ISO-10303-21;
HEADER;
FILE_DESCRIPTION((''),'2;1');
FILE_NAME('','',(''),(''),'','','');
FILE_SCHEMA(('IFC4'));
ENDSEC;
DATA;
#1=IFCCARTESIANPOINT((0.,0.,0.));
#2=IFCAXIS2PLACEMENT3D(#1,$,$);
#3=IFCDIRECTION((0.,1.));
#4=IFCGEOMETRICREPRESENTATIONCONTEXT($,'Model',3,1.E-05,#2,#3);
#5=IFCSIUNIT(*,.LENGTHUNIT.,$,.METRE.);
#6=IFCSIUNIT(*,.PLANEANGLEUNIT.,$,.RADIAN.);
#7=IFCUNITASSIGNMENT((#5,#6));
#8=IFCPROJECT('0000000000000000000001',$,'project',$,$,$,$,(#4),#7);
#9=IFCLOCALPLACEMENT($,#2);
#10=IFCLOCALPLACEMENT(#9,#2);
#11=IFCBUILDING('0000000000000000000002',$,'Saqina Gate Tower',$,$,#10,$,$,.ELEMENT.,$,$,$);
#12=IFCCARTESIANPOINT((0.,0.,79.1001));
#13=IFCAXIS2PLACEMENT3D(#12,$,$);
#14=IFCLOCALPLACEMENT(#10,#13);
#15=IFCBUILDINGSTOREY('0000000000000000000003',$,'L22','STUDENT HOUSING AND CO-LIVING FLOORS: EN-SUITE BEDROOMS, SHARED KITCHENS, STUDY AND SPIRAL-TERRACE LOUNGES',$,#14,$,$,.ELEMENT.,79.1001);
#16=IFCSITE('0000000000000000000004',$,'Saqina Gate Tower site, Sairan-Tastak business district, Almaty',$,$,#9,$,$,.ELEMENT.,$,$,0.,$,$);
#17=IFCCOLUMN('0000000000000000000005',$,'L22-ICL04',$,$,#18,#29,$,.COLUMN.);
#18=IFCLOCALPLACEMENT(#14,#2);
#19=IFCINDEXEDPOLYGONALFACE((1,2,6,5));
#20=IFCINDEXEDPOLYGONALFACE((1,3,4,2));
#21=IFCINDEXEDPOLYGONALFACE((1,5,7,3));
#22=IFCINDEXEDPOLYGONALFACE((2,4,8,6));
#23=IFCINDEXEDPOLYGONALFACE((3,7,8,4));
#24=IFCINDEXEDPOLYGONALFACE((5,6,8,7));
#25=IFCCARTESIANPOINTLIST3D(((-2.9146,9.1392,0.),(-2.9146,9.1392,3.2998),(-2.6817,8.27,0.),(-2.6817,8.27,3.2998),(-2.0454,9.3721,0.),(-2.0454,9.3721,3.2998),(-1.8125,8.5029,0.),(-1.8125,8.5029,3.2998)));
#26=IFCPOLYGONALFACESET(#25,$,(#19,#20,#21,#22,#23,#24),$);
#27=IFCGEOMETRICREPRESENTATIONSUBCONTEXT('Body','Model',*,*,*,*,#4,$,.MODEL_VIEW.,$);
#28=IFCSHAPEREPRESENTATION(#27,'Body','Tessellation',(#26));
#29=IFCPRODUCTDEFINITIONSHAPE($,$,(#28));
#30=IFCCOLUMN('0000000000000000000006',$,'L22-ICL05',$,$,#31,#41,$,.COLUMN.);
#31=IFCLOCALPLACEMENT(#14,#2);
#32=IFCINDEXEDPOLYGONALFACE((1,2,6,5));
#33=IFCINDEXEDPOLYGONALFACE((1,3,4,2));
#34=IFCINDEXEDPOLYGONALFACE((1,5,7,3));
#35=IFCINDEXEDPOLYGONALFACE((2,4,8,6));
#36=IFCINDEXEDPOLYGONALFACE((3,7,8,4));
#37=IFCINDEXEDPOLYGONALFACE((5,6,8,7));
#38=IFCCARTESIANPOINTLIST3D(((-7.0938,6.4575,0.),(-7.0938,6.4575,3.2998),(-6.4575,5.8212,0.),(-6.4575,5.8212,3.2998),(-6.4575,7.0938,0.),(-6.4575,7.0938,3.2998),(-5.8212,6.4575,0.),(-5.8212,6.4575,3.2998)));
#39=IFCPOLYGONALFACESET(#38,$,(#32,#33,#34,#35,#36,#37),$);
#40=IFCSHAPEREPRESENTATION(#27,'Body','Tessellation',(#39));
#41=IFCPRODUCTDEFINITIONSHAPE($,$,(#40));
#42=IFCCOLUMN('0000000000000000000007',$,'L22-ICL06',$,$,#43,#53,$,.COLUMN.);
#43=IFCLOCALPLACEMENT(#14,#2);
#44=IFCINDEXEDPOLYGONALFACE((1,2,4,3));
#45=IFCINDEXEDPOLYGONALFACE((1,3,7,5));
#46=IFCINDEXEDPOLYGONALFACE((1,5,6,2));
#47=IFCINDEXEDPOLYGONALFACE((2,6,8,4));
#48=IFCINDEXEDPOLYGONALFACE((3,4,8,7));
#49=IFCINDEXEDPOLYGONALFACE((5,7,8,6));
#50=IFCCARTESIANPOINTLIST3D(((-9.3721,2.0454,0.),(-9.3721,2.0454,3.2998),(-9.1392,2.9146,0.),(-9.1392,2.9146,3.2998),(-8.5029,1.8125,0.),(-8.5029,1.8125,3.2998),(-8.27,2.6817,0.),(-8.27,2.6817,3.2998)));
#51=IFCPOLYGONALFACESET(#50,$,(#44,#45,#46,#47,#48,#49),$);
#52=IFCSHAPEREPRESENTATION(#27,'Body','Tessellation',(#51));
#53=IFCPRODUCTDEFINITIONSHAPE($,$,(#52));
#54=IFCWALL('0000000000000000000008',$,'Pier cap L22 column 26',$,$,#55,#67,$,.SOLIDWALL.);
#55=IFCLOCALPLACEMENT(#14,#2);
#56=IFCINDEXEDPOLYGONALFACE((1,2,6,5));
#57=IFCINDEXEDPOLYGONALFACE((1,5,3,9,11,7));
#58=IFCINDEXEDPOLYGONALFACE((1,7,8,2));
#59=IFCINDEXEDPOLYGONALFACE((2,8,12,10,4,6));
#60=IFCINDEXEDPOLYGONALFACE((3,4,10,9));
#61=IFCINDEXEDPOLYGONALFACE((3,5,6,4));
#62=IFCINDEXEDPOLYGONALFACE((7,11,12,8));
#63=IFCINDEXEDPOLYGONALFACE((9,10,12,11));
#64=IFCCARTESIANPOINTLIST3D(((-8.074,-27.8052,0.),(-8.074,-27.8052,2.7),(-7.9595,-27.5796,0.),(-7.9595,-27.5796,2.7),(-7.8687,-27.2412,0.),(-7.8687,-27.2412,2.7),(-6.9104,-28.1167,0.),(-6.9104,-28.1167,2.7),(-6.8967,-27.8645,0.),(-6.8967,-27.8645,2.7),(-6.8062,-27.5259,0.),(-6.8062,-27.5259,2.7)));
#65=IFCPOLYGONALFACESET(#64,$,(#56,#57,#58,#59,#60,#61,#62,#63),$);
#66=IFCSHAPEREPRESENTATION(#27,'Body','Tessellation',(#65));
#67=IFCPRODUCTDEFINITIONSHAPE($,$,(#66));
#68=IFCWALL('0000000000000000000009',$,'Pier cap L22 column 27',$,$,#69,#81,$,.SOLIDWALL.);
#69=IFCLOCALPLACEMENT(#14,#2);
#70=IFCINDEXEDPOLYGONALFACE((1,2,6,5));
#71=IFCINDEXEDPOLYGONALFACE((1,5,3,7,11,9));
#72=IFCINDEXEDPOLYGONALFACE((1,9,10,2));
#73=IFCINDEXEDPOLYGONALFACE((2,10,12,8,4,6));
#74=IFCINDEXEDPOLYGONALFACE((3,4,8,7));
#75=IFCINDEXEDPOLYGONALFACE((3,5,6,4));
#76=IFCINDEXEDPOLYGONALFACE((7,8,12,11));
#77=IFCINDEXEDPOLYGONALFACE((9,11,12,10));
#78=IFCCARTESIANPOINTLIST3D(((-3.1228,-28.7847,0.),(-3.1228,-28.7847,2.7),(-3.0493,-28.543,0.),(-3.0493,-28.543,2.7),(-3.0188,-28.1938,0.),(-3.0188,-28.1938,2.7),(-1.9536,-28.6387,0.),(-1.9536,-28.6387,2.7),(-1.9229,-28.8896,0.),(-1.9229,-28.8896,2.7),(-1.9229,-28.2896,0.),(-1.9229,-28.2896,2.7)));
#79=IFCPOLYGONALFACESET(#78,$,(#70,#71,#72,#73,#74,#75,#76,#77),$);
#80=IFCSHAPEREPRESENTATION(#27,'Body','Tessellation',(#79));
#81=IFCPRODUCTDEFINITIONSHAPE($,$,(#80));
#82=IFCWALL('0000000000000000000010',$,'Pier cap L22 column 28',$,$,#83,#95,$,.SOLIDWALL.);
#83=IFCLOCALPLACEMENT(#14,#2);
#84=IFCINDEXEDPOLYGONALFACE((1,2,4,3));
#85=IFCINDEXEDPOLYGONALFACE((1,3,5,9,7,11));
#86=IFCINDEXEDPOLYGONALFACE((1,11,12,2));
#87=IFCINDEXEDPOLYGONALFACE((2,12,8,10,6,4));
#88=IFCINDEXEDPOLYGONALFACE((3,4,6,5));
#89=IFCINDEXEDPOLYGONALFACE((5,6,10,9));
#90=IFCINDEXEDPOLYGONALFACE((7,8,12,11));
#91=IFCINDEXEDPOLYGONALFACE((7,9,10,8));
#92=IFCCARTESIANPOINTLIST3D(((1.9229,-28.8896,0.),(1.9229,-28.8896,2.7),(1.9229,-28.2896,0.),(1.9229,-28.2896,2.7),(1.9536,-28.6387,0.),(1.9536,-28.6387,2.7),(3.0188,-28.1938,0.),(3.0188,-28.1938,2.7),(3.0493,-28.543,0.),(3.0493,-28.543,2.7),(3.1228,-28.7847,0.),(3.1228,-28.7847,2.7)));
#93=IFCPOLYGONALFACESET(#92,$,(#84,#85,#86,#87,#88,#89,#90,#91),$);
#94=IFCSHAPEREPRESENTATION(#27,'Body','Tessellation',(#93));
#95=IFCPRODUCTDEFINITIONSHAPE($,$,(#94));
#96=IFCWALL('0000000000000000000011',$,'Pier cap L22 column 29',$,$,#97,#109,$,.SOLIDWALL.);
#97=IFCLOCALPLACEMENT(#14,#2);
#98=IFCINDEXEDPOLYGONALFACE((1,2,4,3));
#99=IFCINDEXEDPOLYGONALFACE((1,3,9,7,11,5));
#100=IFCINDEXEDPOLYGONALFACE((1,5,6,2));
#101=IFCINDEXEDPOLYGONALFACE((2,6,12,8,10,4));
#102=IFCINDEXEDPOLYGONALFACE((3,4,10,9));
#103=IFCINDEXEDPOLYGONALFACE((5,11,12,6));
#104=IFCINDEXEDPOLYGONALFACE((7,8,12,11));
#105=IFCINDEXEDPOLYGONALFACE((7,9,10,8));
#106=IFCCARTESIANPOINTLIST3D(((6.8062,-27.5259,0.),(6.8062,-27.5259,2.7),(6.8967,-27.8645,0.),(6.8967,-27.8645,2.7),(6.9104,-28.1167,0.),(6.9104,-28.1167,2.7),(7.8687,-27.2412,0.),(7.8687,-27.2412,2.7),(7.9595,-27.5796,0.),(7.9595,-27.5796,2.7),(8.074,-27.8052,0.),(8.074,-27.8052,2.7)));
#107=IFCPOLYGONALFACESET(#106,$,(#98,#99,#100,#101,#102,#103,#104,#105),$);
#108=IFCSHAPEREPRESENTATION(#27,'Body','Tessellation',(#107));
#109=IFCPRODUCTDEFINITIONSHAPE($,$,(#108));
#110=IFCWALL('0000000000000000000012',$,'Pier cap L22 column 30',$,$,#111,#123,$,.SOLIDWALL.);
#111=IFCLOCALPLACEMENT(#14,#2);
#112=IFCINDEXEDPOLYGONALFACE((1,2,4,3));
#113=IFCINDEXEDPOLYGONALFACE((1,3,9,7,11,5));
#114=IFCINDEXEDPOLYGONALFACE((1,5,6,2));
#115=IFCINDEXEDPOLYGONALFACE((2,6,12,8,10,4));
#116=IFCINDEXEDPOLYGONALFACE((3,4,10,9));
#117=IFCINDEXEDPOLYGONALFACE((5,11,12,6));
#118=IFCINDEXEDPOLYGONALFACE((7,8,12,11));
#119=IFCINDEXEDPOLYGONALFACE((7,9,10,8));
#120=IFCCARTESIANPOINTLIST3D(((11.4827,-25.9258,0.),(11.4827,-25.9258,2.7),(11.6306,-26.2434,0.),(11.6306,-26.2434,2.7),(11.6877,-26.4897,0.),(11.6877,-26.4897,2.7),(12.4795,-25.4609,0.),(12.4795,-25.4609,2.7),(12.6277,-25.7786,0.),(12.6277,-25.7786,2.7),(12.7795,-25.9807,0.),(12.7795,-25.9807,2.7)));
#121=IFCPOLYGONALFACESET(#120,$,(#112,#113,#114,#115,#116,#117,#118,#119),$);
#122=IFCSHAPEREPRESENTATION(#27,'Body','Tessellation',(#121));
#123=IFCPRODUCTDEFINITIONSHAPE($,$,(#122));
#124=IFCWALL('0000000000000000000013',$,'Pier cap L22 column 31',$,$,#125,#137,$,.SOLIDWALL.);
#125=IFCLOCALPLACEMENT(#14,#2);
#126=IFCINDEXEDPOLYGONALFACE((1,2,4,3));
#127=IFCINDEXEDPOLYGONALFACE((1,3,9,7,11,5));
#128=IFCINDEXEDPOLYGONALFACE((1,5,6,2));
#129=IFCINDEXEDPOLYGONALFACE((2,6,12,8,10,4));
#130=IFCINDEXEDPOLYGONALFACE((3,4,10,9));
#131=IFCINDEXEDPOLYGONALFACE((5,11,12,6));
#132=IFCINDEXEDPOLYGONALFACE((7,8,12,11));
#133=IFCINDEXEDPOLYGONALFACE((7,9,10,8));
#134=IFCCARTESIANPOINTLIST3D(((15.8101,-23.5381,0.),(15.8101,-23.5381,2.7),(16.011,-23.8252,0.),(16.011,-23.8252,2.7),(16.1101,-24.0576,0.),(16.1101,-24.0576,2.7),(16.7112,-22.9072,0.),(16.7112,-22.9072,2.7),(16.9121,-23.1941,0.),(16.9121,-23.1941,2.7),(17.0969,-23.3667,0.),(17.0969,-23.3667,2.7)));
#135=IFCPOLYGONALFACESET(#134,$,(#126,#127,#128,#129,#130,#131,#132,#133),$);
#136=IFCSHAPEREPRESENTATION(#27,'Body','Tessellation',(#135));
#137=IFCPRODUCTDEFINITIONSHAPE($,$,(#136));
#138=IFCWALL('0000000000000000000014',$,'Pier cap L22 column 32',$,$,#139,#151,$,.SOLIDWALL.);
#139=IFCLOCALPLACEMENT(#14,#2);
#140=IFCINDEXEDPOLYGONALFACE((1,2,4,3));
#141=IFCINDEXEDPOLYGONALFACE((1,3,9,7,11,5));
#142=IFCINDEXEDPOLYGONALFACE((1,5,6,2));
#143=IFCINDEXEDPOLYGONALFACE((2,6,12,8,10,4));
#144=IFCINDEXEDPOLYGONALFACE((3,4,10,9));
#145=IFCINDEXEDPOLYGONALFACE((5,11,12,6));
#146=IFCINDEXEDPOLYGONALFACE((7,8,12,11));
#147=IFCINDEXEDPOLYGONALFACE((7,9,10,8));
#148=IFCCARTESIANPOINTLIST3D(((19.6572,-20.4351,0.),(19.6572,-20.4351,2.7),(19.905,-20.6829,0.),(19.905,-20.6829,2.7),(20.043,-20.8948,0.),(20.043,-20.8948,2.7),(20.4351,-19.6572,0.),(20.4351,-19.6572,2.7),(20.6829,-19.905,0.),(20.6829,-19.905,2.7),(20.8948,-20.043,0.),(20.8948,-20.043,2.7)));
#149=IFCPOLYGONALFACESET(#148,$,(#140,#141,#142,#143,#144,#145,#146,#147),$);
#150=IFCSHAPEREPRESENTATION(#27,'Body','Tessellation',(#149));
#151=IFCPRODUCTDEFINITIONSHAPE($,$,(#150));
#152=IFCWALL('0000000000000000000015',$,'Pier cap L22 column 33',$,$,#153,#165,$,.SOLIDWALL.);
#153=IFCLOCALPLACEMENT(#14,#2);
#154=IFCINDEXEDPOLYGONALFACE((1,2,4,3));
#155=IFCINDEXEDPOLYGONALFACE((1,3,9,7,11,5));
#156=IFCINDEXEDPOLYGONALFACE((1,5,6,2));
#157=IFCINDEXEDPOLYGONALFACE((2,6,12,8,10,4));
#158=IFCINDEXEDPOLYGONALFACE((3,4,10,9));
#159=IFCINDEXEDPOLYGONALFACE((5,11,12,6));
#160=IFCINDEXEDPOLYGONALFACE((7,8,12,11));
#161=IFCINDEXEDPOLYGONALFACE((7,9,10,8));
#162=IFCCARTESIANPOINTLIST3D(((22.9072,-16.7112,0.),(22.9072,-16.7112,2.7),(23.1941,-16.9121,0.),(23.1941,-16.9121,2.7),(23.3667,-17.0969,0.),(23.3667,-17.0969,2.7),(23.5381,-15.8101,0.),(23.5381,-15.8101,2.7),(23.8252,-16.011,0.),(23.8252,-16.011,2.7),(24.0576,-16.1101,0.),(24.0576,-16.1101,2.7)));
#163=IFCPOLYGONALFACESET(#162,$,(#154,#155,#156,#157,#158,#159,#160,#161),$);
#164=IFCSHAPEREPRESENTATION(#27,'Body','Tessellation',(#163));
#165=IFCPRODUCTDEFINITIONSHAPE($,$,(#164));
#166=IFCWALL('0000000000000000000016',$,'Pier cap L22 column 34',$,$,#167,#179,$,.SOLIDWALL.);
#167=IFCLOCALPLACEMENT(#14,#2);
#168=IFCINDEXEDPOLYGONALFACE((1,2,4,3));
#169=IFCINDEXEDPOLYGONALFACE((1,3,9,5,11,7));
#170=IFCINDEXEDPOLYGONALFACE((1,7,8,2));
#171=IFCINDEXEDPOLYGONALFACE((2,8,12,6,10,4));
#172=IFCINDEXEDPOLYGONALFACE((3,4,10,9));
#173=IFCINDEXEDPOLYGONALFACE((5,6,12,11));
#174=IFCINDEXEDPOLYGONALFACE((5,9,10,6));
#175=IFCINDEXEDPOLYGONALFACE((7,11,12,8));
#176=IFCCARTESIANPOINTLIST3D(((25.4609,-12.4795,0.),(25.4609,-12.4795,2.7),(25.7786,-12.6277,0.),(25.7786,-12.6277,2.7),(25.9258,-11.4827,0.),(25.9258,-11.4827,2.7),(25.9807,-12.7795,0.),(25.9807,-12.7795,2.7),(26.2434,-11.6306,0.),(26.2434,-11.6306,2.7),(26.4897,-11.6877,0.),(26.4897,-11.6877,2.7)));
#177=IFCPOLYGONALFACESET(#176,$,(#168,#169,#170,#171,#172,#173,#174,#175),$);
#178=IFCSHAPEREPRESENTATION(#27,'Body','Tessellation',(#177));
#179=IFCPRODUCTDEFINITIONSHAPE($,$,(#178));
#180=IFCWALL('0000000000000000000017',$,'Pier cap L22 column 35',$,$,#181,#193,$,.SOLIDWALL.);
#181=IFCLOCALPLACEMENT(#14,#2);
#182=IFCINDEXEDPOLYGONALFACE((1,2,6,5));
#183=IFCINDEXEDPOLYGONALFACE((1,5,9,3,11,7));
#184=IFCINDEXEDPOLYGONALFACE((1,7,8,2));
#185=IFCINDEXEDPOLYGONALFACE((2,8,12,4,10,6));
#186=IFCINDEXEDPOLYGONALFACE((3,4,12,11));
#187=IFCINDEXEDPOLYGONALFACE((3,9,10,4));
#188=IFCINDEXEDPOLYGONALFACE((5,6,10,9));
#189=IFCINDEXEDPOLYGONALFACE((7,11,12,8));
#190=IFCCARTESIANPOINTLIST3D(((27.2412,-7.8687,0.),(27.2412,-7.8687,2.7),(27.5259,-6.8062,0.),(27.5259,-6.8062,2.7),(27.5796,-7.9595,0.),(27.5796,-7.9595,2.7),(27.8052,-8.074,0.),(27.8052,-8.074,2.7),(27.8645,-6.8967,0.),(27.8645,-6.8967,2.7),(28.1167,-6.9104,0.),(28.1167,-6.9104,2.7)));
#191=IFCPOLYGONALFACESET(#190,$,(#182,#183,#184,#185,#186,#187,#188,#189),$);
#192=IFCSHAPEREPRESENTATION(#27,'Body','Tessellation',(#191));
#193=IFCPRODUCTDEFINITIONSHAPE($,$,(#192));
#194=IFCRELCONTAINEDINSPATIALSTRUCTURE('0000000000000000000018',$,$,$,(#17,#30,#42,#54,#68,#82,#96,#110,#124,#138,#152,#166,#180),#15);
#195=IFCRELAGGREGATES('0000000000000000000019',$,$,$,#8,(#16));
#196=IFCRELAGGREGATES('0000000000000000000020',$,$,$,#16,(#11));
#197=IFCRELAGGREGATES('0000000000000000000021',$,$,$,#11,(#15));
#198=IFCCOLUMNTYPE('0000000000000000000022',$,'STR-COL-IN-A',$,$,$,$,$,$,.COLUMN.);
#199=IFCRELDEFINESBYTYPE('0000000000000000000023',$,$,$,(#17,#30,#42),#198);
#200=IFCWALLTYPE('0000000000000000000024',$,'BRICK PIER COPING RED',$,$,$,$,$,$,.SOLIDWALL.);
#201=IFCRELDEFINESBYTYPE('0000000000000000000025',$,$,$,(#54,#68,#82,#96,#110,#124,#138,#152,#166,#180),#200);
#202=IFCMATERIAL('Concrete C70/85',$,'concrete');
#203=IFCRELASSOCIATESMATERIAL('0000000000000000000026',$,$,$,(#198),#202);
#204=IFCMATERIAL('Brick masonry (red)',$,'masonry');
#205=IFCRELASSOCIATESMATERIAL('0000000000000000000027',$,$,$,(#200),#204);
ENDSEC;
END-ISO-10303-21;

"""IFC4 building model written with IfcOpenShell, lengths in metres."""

from ifc_helpers import new_model, si_unit, direction, frame, origin, origin_2d, place, context, subcontext, project, spatial, polyline, rectangle, outline, extrude, material, material_profile, profile_set, type_object, element, save


model = new_model("IFC4")

# Units and contexts
model_context = context("Model", 3, precision=1e-05, world=origin(), true_north=direction((0.0, 1.0)))
body_context = subcontext(model_context, "Body", "Model", "MODEL_VIEW")
ifc_project = project(units=[si_unit("LENGTHUNIT", "METRE"), si_unit("PLANEANGLEUNIT", "RADIAN")], contexts=[model_context])

# Site, building, storey
site_placement = place(None, origin())
site = spatial("IfcSite", under=ifc_project, at=site_placement, Name="Saqina Gate Tower site, Sairan-Tastak business district, Almaty", CompositionType="ELEMENT", RefElevation=0.0)
building_placement = place(site_placement, origin())
building = spatial("IfcBuilding", under=site, at=building_placement, Name="Saqina Gate Tower", CompositionType="ELEMENT")
storey_placement = place(building_placement, frame((0.0, 0.0, 79.1001)))
storey = spatial("IfcBuildingStorey", under=building, at=storey_placement, Name="L22", Description="STUDENT HOUSING AND CO-LIVING FLOORS: EN-SUITE BEDROOMS, SHARED KITCHENS, STUDY AND SPIRAL-TERRACE LOUNGES", CompositionType="ELEMENT", Elevation=79.1001)

# Columns
ifc_material_1 = material(Name="Concrete C70/85", Category="concrete")
ifc_material_profile = material_profile(ifc_material_1, rectangle(XDim=0.8999, YDim=0.8999, at=origin_2d()), Name="RC 900x900")
ifc_profile_set = profile_set([ifc_material_profile], Name="Concrete C70/85")
column_type = type_object("IfcColumnType", Name="STR-COL-IN-A", PredefinedType="COLUMN", material=ifc_profile_set)
for number, where, z_axis, x_axis, name in (
    (1, (-2.3635, 8.821, 0.0), (0.0, 0.0, 1.0), (-0.258819, 0.965926, 0.0), "L22-ICL04"),
    (2, (-6.4575, 6.4575, 0.0), (0.0, 0.0, 1.0), (-0.707107, 0.707107, 0.0), "L22-ICL05"),
    (3, (-8.821, 2.3635, 0.0), (0.0, 0.0, 1.0), (-0.965926, 0.258819, 0.0), "L22-ICL06"),
):
    element("IfcColumn", number, at=place(storey_placement, frame(where, z_axis=z_axis, x_axis=x_axis)), inside=storey, type_object=column_type, Name=name, PredefinedType="COLUMN", context=body_context, shape_type="SweptSolid", body=[
        extrude(rectangle(XDim=0.8999, YDim=0.8999, at=origin_2d()), origin(), (0.0, 0.0, 1.0), 3.2998),
    ])

# Walls
ifc_material_2 = material(Name="Brick masonry (red)", Category="masonry")
wall_type_1 = type_object("IfcWallType", Name="BRICK PIER COPING RED", PredefinedType="SOLIDWALL", material=ifc_material_2)
wall_1_placement = place(storey_placement, origin())
element("IfcWall", 4, at=wall_1_placement, inside=storey, type_object=wall_type_1, Name="Pier cap L22 column 26", PredefinedType="SOLIDWALL", context=body_context, shape_type="SweptSolid", body=[
    extrude(outline(polyline([(-6.9104, -28.1167), (-6.8062, -27.5259), (-6.8967, -27.8645), (-7.9595, -27.5796), (-7.8687, -27.2412), (-8.074, -27.8052), (-6.9104, -28.1167)])), origin(), (0.0, 0.0, 1.0), 2.7),
])
wall_2_placement = place(storey_placement, origin())
element("IfcWall", 5, at=wall_2_placement, inside=storey, type_object=wall_type_1, Name="Pier cap L22 column 27", PredefinedType="SOLIDWALL", context=body_context, shape_type="SweptSolid", body=[
    extrude(outline(polyline([(-3.1228, -28.7847), (-1.9229, -28.8896), (-1.9229, -28.2896), (-1.9536, -28.6387), (-3.0493, -28.543), (-3.0188, -28.1938), (-3.1228, -28.7847)])), origin(), (0.0, 0.0, 1.0), 2.7),
])
wall_3_placement = place(storey_placement, origin())
element("IfcWall", 6, at=wall_3_placement, inside=storey, type_object=wall_type_1, Name="Pier cap L22 column 28", PredefinedType="SOLIDWALL", context=body_context, shape_type="SweptSolid", body=[
    extrude(outline(polyline([(1.9229, -28.8896), (3.1228, -28.7847), (3.0188, -28.1938), (3.0493, -28.543), (1.9536, -28.6387), (1.9229, -28.2896), (1.9229, -28.8896)])), origin(), (0.0, 0.0, 1.0), 2.7),
])
wall_4_placement = place(storey_placement, origin())
element("IfcWall", 7, at=wall_4_placement, inside=storey, type_object=wall_type_1, Name="Pier cap L22 column 29", PredefinedType="SOLIDWALL", context=body_context, shape_type="SweptSolid", body=[
    extrude(outline(polyline([(6.9104, -28.1167), (8.074, -27.8052), (7.8687, -27.2412), (7.9595, -27.5796), (6.8967, -27.8645), (6.8062, -27.5259), (6.9104, -28.1167)])), origin(), (0.0, 0.0, 1.0), 2.7),
])
wall_5_placement = place(storey_placement, origin())
element("IfcWall", 8, at=wall_5_placement, inside=storey, type_object=wall_type_1, Name="Pier cap L22 column 30", PredefinedType="SOLIDWALL", context=body_context, shape_type="SweptSolid", body=[
    extrude(outline(polyline([(12.7795, -25.9807), (12.4795, -25.4609), (12.6277, -25.7786), (11.6306, -26.2434), (11.4827, -25.9258), (11.6877, -26.4897), (12.7795, -25.9807)])), origin(), (0.0, 0.0, 1.0), 2.7),
])
wall_6_placement = place(storey_placement, origin())
element("IfcWall", 9, at=wall_6_placement, inside=storey, type_object=wall_type_1, Name="Pier cap L22 column 31", PredefinedType="SOLIDWALL", context=body_context, shape_type="SweptSolid", body=[
    extrude(outline(polyline([(16.1101, -24.0576), (17.0969, -23.3667), (16.7112, -22.9072), (16.9121, -23.1941), (16.011, -23.8252), (15.8101, -23.5381), (16.1101, -24.0576)])), origin(), (0.0, 0.0, 1.0), 2.7),
])
wall_7_placement = place(storey_placement, origin())
element("IfcWall", 10, at=wall_7_placement, inside=storey, type_object=wall_type_1, Name="Pier cap L22 column 32", PredefinedType="SOLIDWALL", context=body_context, shape_type="SweptSolid", body=[
    extrude(outline(polyline([(20.8948, -20.043), (20.4351, -19.6572), (20.6829, -19.905), (19.905, -20.6829), (19.6572, -20.4351), (20.043, -20.8948), (20.8948, -20.043)])), origin(), (0.0, 0.0, 1.0), 2.7),
])
wall_8_placement = place(storey_placement, origin())
element("IfcWall", 11, at=wall_8_placement, inside=storey, type_object=wall_type_1, Name="Pier cap L22 column 33", PredefinedType="SOLIDWALL", context=body_context, shape_type="SweptSolid", body=[
    extrude(outline(polyline([(23.3667, -17.0969), (24.0576, -16.1101), (23.5381, -15.8101), (23.8252, -16.011), (23.1941, -16.9121), (22.9072, -16.7112), (23.3667, -17.0969)])), origin(), (0.0, 0.0, 1.0), 2.7),
])
wall_9_placement = place(storey_placement, origin())
element("IfcWall", 12, at=wall_9_placement, inside=storey, type_object=wall_type_1, Name="Pier cap L22 column 34", PredefinedType="SOLIDWALL", context=body_context, shape_type="SweptSolid", body=[
    extrude(outline(polyline([(26.4897, -11.6877), (25.9258, -11.4827), (26.2434, -11.6306), (25.7786, -12.6277), (25.4609, -12.4795), (25.9807, -12.7795), (26.4897, -11.6877)])), origin(), (0.0, 0.0, 1.0), 2.7),
])
wall_10_placement = place(storey_placement, origin())
element("IfcWall", 13, at=wall_10_placement, inside=storey, type_object=wall_type_1, Name="Pier cap L22 column 35", PredefinedType="SOLIDWALL", context=body_context, shape_type="SweptSolid", body=[
    extrude(outline(polyline([(28.1167, -6.9104), (27.5259, -6.8062), (27.8645, -6.8967), (27.5796, -7.9595), (27.2412, -7.8687), (27.8052, -8.074), (28.1167, -6.9104)])), origin(), (0.0, 0.0, 1.0), 2.7),
])

save(model, "model.ifc")
